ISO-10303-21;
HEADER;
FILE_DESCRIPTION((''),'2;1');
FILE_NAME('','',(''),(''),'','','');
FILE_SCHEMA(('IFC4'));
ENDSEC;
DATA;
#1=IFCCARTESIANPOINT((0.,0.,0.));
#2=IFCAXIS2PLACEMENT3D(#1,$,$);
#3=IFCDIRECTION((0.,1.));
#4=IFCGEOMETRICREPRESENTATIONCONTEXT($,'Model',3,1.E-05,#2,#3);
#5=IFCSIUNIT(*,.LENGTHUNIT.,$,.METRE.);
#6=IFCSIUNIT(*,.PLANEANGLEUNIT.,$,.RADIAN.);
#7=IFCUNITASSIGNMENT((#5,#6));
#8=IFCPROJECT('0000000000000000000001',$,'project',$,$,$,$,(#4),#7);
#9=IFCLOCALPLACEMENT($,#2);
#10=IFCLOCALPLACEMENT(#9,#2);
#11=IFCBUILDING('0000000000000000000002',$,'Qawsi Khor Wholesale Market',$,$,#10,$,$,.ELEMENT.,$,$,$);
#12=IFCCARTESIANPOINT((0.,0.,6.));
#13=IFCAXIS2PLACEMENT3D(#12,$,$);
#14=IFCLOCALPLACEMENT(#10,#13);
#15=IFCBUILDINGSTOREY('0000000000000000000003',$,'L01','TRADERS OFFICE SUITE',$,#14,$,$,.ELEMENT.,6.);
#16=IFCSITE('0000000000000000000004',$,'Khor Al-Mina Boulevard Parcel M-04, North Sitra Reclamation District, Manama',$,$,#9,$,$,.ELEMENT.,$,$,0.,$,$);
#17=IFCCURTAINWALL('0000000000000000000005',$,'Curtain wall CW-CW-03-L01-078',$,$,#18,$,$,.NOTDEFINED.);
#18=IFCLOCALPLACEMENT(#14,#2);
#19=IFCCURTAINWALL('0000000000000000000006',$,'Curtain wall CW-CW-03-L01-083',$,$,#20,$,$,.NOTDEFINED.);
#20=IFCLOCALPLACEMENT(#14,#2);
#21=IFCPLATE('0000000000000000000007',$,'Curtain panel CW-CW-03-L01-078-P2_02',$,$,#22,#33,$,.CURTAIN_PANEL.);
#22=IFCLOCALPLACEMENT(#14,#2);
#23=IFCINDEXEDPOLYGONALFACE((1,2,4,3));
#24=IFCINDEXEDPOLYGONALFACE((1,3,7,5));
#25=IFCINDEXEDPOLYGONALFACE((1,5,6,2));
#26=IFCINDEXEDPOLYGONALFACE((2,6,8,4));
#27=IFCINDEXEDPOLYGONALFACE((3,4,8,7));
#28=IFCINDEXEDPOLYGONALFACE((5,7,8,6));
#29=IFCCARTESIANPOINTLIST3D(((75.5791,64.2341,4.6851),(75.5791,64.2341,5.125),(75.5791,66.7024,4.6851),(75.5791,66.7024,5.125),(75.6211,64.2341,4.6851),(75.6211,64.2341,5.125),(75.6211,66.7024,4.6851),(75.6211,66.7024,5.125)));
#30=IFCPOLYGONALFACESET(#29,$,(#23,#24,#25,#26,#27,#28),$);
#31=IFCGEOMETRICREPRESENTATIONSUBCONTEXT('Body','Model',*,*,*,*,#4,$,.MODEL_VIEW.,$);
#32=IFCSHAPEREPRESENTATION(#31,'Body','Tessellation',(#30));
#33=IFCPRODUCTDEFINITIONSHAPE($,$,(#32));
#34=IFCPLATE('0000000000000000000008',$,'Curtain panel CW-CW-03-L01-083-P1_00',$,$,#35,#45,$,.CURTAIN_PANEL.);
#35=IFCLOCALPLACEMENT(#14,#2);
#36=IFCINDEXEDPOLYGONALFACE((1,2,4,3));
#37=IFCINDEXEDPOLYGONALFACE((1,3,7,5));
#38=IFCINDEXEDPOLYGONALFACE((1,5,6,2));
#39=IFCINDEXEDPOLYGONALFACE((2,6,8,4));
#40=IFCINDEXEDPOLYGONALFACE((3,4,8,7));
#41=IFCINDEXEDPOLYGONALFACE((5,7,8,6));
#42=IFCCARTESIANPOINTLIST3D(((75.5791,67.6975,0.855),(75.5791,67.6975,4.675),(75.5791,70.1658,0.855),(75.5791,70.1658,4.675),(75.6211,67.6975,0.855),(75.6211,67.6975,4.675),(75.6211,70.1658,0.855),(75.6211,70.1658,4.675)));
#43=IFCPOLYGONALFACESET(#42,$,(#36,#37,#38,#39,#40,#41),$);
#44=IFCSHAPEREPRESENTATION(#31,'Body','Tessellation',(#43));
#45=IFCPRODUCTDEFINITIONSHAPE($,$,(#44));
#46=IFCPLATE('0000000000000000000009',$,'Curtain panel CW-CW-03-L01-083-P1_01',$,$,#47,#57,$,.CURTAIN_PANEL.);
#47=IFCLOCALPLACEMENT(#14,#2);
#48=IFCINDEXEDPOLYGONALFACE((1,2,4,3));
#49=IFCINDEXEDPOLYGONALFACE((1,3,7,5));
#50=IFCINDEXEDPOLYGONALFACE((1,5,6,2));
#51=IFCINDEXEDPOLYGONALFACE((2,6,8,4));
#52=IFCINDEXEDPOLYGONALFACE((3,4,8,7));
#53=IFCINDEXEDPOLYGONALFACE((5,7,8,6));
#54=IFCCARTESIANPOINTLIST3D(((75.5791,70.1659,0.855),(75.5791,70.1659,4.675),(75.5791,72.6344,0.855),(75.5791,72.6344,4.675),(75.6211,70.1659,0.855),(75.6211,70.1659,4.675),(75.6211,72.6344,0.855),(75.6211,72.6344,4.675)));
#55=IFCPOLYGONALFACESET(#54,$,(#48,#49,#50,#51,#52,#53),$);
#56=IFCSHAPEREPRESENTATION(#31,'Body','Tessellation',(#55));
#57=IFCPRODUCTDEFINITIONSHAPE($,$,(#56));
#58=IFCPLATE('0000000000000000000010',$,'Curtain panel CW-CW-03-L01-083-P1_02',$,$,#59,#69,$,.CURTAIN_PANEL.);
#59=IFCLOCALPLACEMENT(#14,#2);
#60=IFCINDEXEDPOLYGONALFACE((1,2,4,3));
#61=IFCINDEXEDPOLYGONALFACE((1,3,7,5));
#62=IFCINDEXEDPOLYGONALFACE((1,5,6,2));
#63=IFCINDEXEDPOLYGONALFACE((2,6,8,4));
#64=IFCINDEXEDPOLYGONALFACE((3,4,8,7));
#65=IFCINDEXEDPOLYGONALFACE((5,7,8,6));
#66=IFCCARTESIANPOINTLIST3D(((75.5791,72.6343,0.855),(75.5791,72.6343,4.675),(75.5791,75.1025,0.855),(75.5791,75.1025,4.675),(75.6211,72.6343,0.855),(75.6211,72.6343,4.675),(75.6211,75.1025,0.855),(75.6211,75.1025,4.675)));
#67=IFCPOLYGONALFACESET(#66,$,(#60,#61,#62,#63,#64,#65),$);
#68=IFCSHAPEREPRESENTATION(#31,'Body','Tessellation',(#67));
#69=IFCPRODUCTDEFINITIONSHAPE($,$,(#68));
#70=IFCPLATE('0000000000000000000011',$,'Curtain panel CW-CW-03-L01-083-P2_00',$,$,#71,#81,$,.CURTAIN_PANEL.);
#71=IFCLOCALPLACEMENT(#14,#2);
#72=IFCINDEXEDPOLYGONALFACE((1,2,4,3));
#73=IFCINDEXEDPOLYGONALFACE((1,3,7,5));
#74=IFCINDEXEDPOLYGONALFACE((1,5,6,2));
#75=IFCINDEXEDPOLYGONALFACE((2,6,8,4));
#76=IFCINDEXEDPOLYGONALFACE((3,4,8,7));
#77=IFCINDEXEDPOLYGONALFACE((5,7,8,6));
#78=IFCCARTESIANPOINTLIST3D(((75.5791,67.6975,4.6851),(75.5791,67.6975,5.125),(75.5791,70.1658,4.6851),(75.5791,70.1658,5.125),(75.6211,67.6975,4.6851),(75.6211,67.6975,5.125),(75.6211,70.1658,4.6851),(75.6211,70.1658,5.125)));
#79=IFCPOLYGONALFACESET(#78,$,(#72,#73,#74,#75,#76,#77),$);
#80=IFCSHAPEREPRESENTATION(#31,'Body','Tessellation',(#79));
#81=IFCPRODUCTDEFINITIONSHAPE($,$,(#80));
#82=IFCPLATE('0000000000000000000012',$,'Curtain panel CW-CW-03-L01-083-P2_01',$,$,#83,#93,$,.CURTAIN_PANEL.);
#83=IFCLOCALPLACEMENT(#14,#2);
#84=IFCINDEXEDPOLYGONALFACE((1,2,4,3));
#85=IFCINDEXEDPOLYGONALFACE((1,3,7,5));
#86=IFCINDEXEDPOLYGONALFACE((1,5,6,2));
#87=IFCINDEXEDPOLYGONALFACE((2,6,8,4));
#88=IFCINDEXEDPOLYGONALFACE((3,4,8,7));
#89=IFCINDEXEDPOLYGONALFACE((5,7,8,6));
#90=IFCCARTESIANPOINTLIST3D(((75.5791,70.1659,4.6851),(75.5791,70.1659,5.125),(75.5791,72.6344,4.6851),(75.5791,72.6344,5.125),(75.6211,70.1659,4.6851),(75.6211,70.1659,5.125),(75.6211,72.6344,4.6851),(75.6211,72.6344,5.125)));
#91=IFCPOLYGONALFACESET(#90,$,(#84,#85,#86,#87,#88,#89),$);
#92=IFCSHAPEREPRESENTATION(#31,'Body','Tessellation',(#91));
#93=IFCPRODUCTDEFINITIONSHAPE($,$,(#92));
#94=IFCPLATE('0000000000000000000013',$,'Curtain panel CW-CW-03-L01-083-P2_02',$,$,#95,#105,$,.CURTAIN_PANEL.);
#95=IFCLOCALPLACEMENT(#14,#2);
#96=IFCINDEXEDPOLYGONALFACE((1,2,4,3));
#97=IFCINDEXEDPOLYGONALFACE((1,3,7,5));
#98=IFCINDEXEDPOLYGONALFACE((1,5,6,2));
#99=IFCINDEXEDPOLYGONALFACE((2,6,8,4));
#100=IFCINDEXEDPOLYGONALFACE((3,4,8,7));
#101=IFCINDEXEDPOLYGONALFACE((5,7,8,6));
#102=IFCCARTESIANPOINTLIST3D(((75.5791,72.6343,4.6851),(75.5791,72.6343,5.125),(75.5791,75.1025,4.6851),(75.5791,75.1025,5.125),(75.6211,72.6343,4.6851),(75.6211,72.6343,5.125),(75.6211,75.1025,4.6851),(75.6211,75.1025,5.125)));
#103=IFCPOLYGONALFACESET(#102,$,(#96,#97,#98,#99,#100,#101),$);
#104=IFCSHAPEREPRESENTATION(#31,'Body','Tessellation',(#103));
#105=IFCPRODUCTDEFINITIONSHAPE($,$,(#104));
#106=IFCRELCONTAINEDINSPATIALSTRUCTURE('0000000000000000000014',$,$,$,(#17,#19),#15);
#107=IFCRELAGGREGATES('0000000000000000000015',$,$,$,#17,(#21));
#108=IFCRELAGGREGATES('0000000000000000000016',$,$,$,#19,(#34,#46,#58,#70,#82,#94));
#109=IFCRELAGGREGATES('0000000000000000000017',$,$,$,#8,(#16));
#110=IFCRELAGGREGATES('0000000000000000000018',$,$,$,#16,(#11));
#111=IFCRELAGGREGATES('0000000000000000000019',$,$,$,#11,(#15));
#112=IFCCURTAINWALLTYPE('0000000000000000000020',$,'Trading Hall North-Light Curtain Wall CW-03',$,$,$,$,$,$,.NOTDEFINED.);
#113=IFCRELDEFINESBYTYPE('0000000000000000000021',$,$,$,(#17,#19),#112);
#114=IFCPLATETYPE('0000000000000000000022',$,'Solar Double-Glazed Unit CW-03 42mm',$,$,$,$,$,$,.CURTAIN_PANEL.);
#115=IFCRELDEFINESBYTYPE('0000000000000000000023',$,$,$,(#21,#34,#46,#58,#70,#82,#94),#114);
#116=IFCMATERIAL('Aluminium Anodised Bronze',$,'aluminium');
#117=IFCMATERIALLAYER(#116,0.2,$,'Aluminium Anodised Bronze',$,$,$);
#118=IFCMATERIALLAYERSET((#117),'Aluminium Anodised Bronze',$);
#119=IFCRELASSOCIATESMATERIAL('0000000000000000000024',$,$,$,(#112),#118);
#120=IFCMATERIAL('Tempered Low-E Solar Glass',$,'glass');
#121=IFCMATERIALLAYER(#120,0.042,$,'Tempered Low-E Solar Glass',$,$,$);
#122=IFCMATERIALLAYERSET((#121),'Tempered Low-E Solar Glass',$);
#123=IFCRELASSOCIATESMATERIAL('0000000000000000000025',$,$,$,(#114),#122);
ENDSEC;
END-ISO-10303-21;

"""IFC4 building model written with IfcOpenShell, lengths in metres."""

from ifc_helpers import new_model, si_unit, direction, frame, frame_2d, origin, place, context, subcontext, project, spatial, rectangle, extrude, material, layer, layer_set, type_object, element, aggregate, save


model = new_model("IFC4")

# Units and contexts
model_context = context("Model", 3, precision=1e-05, world=origin(), true_north=direction((0.0, 1.0)))
body_context = subcontext(model_context, "Body", "Model", "MODEL_VIEW")
ifc_project = project(units=[si_unit("LENGTHUNIT", "METRE"), si_unit("PLANEANGLEUNIT", "RADIAN")], contexts=[model_context])

# Site, building, storey
site_placement = place(None, origin())
site = spatial("IfcSite", under=ifc_project, at=site_placement, Name="Khor Al-Mina Boulevard Parcel M-04, North Sitra Reclamation District, Manama", CompositionType="ELEMENT", RefElevation=0.0)
building_placement = place(site_placement, origin())
building = spatial("IfcBuilding", under=site, at=building_placement, Name="Qawsi Khor Wholesale Market", CompositionType="ELEMENT")
storey_placement = place(building_placement, frame((0.0, 0.0, 6.0)))
storey = spatial("IfcBuildingStorey", under=building, at=storey_placement, Name="L01", Description="TRADERS OFFICE SUITE", CompositionType="ELEMENT", Elevation=6.0)

# Curtain walls
ifc_material_1 = material(Name="Aluminium Anodised Bronze", Category="aluminium")
ifc_layer_1 = layer(ifc_material_1, 0.2, Name="Aluminium Anodised Bronze")
ifc_layer_set_1 = layer_set([ifc_layer_1], Name="Aluminium Anodised Bronze")
curtain_wall_type = type_object("IfcCurtainWallType", Name="Trading Hall North-Light Curtain Wall CW-03", PredefinedType="NOTDEFINED", material=ifc_layer_set_1)
curtain_wall_1_placement = place(storey_placement, origin())
curtain_wall_1 = element("IfcCurtainWall", 1, at=curtain_wall_1_placement, inside=storey, type_object=curtain_wall_type, Name="Curtain wall CW-CW-03-L01-078", PredefinedType="NOTDEFINED")
curtain_wall_2_placement = place(storey_placement, origin())
curtain_wall_2 = element("IfcCurtainWall", 2, at=curtain_wall_2_placement, inside=storey, type_object=curtain_wall_type, Name="Curtain wall CW-CW-03-L01-083", PredefinedType="NOTDEFINED")

# Plates
ifc_material_2 = material(Name="Tempered Low-E Solar Glass", Category="glass")
ifc_layer_2 = layer(ifc_material_2, 0.042, Name="Tempered Low-E Solar Glass")
ifc_layer_set_2 = layer_set([ifc_layer_2], Name="Tempered Low-E Solar Glass")
plate_type_1 = type_object("IfcPlateType", Name="Solar Double-Glazed Unit CW-03 42mm", PredefinedType="CURTAIN_PANEL", material=ifc_layer_set_2)
plate_1_placement = place(storey_placement, frame((75.6001, 64.2341, 4.6851), z_axis=(0.0, 0.0, 1.0), x_axis=(0.0, 1.0, 0.0)))
plate_1 = element("IfcPlate", 3, at=plate_1_placement, type_object=plate_type_1, Name="Curtain panel CW-CW-03-L01-078-P2_02", PredefinedType="CURTAIN_PANEL", context=body_context, shape_type="SweptSolid", body=[
    extrude(rectangle(XDim=2.4683, YDim=0.042, at=frame_2d((1.2341, 0.0))), origin(), (0.0, 0.0, 1.0), 0.4399),
])
aggregate(curtain_wall_1, [plate_1])
plate_2_placement = place(storey_placement, frame((75.6001, 67.6975, 0.855), z_axis=(0.0, 0.0, 1.0), x_axis=(0.0, 1.0, 0.0)))
plate_2 = element("IfcPlate", 4, at=plate_2_placement, type_object=plate_type_1, Name="Curtain panel CW-CW-03-L01-083-P1_00", PredefinedType="CURTAIN_PANEL", context=body_context, shape_type="SweptSolid", body=[
    extrude(rectangle(XDim=2.4683, YDim=0.042, at=frame_2d((1.2341, 0.0))), origin(), (0.0, 0.0, 1.0), 3.8201),
])
plate_3_placement = place(storey_placement, frame((75.6001, 70.1658, 0.855), z_axis=(0.0, 0.0, 1.0), x_axis=(0.0, 1.0, 0.0)))
plate_3 = element("IfcPlate", 5, at=plate_3_placement, type_object=plate_type_1, Name="Curtain panel CW-CW-03-L01-083-P1_01", PredefinedType="CURTAIN_PANEL", context=body_context, shape_type="SweptSolid", body=[
    extrude(rectangle(XDim=2.4685, YDim=0.042, at=frame_2d((1.2344, 0.0))), origin(), (0.0, 0.0, 1.0), 3.8201),
])
plate_4_placement = place(storey_placement, frame((75.6001, 72.6343, 0.855), z_axis=(0.0, 0.0, 1.0), x_axis=(0.0, 1.0, 0.0)))
plate_4 = element("IfcPlate", 6, at=plate_4_placement, type_object=plate_type_1, Name="Curtain panel CW-CW-03-L01-083-P1_02", PredefinedType="CURTAIN_PANEL", context=body_context, shape_type="SweptSolid", body=[
    extrude(rectangle(XDim=2.4683, YDim=0.042, at=frame_2d((1.2341, 0.0))), origin(), (0.0, 0.0, 1.0), 3.8201),
])
plate_5_placement = place(storey_placement, frame((75.6001, 67.6975, 4.6851), z_axis=(0.0, 0.0, 1.0), x_axis=(0.0, 1.0, 0.0)))
plate_5 = element("IfcPlate", 7, at=plate_5_placement, type_object=plate_type_1, Name="Curtain panel CW-CW-03-L01-083-P2_00", PredefinedType="CURTAIN_PANEL", context=body_context, shape_type="SweptSolid", body=[
    extrude(rectangle(XDim=2.4683, YDim=0.042, at=frame_2d((1.2341, 0.0))), origin(), (0.0, 0.0, 1.0), 0.4399),
])
plate_6_placement = place(storey_placement, frame((75.6001, 70.1658, 4.6851), z_axis=(0.0, 0.0, 1.0), x_axis=(0.0, 1.0, 0.0)))
plate_6 = element("IfcPlate", 8, at=plate_6_placement, type_object=plate_type_1, Name="Curtain panel CW-CW-03-L01-083-P2_01", PredefinedType="CURTAIN_PANEL", context=body_context, shape_type="SweptSolid", body=[
    extrude(rectangle(XDim=2.4685, YDim=0.042, at=frame_2d((1.2344, 0.0))), origin(), (0.0, 0.0, 1.0), 0.4399),
])
plate_7_placement = place(storey_placement, frame((75.6001, 72.6343, 4.6851), z_axis=(0.0, 0.0, 1.0), x_axis=(0.0, 1.0, 0.0)))
plate_7 = element("IfcPlate", 9, at=plate_7_placement, type_object=plate_type_1, Name="Curtain panel CW-CW-03-L01-083-P2_02", PredefinedType="CURTAIN_PANEL", context=body_context, shape_type="SweptSolid", body=[
    extrude(rectangle(XDim=2.4683, YDim=0.042, at=frame_2d((1.2341, 0.0))), origin(), (0.0, 0.0, 1.0), 0.4399),
])
aggregate(curtain_wall_2, [plate_2, plate_3, plate_4, plate_5, plate_6, plate_7])

save(model, "model.ifc")
